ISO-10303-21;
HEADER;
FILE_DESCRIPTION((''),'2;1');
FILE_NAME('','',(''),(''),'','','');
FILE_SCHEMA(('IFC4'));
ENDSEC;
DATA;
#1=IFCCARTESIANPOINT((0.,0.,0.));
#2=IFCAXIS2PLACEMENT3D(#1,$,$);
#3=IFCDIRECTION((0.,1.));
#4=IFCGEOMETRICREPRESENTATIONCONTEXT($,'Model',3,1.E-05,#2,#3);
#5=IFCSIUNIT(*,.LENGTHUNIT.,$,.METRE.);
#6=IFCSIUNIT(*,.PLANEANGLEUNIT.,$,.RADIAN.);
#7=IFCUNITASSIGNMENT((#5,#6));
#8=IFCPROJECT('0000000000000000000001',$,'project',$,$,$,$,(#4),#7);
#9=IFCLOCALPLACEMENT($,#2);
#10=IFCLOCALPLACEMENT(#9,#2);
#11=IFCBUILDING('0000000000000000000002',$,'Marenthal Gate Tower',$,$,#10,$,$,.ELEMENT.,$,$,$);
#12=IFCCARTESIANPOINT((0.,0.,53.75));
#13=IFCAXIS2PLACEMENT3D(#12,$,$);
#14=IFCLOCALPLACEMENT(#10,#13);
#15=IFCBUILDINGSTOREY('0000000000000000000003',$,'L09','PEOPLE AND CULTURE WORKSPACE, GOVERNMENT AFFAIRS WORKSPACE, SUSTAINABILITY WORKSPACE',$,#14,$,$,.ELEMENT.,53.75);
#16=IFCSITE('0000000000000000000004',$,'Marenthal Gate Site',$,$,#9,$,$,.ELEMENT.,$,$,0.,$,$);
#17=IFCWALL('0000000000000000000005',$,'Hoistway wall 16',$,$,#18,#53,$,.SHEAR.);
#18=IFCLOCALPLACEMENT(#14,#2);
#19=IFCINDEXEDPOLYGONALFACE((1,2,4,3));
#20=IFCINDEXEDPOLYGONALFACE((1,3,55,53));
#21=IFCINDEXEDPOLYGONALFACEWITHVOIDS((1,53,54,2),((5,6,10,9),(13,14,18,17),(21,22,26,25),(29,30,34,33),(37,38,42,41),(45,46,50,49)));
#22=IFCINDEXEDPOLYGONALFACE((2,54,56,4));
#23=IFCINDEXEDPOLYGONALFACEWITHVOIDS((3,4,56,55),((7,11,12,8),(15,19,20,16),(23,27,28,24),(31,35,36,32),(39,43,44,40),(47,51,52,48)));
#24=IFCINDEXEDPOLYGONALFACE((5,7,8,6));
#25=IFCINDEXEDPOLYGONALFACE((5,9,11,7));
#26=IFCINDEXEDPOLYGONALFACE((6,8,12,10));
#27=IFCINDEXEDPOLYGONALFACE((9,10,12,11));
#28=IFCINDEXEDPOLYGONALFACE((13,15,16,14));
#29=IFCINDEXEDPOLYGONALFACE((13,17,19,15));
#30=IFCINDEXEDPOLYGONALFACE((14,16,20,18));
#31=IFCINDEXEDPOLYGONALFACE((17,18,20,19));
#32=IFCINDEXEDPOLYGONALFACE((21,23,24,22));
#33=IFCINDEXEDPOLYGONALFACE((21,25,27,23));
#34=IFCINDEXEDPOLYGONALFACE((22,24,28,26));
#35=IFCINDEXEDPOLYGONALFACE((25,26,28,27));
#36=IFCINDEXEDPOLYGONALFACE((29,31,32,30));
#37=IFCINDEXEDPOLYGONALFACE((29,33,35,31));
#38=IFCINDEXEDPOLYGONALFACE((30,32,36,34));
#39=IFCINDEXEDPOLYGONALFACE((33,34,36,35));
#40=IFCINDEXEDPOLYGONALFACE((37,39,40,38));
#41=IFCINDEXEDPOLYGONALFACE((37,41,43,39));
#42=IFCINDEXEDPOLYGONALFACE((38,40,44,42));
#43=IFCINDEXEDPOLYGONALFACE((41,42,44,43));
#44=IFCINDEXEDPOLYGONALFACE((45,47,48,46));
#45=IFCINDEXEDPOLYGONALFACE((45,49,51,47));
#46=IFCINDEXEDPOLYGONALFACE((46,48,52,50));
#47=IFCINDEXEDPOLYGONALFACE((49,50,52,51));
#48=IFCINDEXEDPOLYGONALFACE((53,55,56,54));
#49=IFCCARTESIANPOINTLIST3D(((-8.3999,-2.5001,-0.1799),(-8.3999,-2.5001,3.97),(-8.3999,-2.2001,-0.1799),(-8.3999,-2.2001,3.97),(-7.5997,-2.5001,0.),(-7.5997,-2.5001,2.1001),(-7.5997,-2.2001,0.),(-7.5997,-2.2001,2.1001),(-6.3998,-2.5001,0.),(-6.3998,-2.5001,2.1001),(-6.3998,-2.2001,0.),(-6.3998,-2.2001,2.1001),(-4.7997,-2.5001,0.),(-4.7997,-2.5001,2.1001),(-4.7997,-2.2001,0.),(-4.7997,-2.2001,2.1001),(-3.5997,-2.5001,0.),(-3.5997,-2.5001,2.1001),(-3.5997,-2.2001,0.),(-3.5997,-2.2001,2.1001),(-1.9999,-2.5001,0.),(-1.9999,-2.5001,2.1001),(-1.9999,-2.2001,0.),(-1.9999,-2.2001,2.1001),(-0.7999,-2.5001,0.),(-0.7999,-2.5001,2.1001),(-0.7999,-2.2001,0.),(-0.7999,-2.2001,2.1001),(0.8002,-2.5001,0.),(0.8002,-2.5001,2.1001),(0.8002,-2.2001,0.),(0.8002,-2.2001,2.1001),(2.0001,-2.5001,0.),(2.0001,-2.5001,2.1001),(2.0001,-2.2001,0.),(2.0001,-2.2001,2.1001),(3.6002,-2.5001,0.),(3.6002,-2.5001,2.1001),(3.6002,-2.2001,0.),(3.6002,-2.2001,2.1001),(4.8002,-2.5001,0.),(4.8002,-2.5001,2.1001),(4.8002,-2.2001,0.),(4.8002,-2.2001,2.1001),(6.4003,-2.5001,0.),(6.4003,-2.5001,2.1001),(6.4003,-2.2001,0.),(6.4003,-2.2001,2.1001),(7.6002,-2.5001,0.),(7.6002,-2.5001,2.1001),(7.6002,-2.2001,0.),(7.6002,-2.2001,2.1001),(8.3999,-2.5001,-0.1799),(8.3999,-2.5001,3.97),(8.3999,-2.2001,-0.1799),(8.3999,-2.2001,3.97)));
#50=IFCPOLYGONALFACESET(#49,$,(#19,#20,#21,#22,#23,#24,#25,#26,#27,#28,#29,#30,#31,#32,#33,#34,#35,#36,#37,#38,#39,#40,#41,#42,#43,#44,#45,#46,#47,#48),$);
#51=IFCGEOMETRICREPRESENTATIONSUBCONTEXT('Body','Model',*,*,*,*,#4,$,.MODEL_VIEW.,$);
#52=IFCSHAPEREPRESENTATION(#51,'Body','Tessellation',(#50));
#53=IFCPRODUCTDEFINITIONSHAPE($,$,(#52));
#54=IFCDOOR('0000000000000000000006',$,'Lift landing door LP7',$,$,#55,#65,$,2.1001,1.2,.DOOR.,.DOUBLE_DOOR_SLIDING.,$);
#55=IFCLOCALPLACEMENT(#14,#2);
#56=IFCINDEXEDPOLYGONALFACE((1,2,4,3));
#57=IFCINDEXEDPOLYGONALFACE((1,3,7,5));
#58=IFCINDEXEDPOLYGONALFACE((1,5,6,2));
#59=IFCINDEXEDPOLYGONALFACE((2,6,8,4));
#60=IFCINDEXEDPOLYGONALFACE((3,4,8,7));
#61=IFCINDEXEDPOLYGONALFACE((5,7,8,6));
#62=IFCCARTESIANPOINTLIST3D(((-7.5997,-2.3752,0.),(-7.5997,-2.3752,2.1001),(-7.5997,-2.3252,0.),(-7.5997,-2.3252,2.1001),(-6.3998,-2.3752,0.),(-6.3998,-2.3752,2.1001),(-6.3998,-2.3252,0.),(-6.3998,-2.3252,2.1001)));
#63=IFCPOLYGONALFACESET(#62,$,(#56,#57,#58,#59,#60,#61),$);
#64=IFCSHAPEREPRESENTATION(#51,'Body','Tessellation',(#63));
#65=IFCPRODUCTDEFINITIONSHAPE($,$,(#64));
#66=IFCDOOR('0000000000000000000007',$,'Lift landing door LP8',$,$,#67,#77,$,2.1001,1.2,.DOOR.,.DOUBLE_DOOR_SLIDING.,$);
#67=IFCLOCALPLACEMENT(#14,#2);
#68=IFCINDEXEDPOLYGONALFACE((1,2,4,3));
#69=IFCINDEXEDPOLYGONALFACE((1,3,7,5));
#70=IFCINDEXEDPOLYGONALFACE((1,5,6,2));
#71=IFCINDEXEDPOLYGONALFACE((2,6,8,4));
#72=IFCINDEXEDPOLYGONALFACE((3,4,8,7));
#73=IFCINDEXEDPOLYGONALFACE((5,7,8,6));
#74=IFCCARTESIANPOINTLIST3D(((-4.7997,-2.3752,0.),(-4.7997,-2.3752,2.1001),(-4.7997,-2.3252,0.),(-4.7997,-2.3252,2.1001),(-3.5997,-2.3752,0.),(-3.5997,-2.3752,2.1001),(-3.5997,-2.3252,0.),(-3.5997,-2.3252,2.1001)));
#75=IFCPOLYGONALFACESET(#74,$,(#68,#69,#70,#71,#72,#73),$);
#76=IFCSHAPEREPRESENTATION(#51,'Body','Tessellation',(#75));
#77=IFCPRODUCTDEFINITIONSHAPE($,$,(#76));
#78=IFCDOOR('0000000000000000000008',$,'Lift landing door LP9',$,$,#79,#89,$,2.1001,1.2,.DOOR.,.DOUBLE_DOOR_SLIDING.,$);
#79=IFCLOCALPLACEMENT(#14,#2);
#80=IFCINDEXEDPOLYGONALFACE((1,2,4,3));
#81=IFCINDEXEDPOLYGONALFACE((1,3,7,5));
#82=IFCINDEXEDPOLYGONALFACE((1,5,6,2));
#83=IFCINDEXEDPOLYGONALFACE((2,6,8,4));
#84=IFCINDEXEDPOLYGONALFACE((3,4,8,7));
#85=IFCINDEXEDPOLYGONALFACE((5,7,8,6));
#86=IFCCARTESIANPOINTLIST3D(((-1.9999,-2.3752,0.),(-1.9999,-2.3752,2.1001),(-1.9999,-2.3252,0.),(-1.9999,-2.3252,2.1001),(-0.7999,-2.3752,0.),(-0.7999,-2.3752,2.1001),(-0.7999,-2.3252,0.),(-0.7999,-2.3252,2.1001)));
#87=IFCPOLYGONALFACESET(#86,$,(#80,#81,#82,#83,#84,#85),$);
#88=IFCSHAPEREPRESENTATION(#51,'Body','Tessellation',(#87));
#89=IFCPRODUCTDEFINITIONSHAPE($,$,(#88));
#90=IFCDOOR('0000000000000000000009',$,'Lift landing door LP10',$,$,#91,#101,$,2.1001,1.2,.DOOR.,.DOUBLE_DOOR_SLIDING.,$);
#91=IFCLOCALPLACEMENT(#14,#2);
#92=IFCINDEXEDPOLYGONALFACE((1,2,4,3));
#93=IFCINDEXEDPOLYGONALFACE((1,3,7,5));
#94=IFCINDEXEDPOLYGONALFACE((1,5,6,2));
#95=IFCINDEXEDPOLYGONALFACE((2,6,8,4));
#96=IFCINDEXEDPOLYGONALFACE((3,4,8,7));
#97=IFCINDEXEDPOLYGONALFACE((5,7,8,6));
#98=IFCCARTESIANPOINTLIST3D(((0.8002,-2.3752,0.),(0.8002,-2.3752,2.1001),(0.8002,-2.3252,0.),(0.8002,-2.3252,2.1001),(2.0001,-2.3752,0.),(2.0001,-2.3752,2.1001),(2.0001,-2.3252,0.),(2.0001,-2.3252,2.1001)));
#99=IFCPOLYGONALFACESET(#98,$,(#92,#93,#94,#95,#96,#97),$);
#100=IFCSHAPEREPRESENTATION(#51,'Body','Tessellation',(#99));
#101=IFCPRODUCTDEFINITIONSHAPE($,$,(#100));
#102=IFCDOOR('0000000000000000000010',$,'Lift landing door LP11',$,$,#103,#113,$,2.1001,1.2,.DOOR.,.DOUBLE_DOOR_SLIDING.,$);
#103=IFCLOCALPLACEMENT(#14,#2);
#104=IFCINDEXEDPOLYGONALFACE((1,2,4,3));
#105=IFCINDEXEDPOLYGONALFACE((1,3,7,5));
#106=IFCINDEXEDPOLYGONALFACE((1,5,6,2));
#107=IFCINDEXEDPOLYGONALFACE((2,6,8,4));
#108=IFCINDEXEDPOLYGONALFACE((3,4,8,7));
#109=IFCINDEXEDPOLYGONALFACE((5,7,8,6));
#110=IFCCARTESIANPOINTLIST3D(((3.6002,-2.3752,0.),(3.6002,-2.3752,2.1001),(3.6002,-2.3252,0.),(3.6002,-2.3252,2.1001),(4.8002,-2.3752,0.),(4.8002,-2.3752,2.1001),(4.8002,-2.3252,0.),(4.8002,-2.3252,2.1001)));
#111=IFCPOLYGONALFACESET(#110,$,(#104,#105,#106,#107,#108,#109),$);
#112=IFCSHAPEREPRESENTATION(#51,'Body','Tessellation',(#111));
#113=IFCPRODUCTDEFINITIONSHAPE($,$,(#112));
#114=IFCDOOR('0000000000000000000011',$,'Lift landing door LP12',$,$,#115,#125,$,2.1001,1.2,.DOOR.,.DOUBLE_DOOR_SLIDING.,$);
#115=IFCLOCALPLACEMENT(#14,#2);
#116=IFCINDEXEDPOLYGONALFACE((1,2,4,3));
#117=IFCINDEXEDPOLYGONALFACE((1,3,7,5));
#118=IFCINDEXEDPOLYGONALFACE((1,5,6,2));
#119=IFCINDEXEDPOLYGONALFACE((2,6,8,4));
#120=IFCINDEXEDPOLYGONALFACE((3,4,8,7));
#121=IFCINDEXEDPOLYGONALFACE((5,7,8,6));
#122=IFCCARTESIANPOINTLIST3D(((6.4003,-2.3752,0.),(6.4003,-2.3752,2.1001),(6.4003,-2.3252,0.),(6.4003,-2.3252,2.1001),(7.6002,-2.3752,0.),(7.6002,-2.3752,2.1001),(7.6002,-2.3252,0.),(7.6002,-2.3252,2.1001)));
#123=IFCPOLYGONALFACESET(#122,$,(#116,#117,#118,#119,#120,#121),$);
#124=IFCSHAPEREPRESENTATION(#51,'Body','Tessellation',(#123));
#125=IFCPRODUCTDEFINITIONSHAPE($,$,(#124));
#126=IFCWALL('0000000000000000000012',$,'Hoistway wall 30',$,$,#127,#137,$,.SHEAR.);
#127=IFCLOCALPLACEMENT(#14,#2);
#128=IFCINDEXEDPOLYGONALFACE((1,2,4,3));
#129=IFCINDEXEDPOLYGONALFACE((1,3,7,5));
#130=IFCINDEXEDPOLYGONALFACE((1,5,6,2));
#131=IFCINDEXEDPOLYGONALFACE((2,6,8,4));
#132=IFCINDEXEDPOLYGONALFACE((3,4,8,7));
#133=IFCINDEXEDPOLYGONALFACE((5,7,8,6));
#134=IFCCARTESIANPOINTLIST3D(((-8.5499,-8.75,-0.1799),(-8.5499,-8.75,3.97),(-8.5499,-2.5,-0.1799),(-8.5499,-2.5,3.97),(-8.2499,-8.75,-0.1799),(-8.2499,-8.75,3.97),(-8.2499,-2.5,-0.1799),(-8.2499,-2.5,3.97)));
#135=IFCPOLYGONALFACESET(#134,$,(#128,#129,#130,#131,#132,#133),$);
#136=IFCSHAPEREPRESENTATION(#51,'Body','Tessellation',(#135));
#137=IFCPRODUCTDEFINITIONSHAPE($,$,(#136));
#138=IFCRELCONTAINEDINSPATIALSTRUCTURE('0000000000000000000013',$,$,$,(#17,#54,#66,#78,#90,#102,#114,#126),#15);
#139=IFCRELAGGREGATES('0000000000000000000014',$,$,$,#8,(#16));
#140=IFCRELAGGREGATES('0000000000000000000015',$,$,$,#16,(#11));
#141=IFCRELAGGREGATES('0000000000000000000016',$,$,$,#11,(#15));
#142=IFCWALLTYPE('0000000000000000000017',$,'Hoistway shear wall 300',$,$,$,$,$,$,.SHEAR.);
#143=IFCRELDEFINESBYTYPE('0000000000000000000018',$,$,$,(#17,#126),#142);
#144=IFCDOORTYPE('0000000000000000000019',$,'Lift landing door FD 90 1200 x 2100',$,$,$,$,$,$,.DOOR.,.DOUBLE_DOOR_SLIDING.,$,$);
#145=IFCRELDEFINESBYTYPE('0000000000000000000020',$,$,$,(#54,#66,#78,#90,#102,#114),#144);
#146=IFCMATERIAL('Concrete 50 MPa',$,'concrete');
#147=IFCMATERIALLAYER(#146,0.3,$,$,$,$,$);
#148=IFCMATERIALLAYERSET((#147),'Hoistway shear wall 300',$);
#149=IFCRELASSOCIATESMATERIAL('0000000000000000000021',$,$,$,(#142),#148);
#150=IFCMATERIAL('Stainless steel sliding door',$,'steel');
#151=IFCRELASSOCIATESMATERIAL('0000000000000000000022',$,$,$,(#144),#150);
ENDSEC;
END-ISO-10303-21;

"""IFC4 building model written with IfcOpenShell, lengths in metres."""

from ifc_helpers import new_model, si_unit, direction, frame, frame_2d, origin, place, context, subcontext, project, spatial, rectangle, extrude, material, layer, layer_set, type_object, element, fill, save


model = new_model("IFC4")

# Units and contexts
model_context = context("Model", 3, precision=1e-05, world=origin(), true_north=direction((0.0, 1.0)))
body_context = subcontext(model_context, "Body", "Model", "MODEL_VIEW")
ifc_project = project(units=[si_unit("LENGTHUNIT", "METRE"), si_unit("PLANEANGLEUNIT", "RADIAN")], contexts=[model_context])

# Site, building, storey
site_placement = place(None, origin())
site = spatial("IfcSite", under=ifc_project, at=site_placement, Name="Marenthal Gate Site", CompositionType="ELEMENT", RefElevation=0.0)
building_placement = place(site_placement, origin())
building = spatial("IfcBuilding", under=site, at=building_placement, Name="Marenthal Gate Tower", CompositionType="ELEMENT")
storey_placement = place(building_placement, frame((0.0, 0.0, 53.75)))
storey = spatial("IfcBuildingStorey", under=building, at=storey_placement, Name="L09", Description="PEOPLE AND CULTURE WORKSPACE, GOVERNMENT AFFAIRS WORKSPACE, SUSTAINABILITY WORKSPACE", CompositionType="ELEMENT", Elevation=53.75)

# Wall, openings, doors
ifc_material_1 = material(Name="Concrete 50 MPa", Category="concrete")
ifc_layer_1 = layer(ifc_material_1, 0.3)
ifc_layer_set_1 = layer_set([ifc_layer_1], Name="Hoistway shear wall 300")
wall_type_1 = type_object("IfcWallType", Name="Hoistway shear wall 300", PredefinedType="SHEAR", material=ifc_layer_set_1)
wall_1_placement = place(storey_placement, frame((-8.3999, -2.3501, -0.1799), z_axis=(0.0, 0.0, 1.0), x_axis=(1.0, 0.0, 0.0)))
wall_1 = element("IfcWall", 1, at=wall_1_placement, inside=storey, type_object=wall_type_1, Name="Hoistway wall 16", PredefinedType="SHEAR", context=body_context, shape_type="SweptSolid", body=[
    extrude(rectangle(XDim=16.7998, YDim=0.3, at=frame_2d((8.3999, 0.0))), origin(), (0.0, 0.0, 1.0), 4.1499),
])
opening_1_placement = place(wall_1_placement, frame((0.8, 0.0, 0.1799)))
opening_1 = element("IfcOpeningElement", 2, at=opening_1_placement, cuts=wall_1, PredefinedType="OPENING", context=body_context, shape_type="SweptSolid", body=[
    extrude(rectangle(XDim=1.2, YDim=2.1001, at=frame_2d((0.6001, 1.05))), frame((0.0, 0.1602, 0.0), z_axis=(0.0, -1.0, 0.0), x_axis=(1.0, 0.0, 0.0)), (0.0, 0.0, 1.0), 0.3201),
])
opening_2_placement = place(wall_1_placement, frame((3.6001, 0.0, 0.1799)))
opening_2 = element("IfcOpeningElement", 3, at=opening_2_placement, cuts=wall_1, PredefinedType="OPENING", context=body_context, shape_type="SweptSolid", body=[
    extrude(rectangle(XDim=1.2, YDim=2.1001, at=frame_2d((0.6001, 1.05))), frame((0.0, 0.1602, 0.0), z_axis=(0.0, -1.0, 0.0), x_axis=(1.0, 0.0, 0.0)), (0.0, 0.0, 1.0), 0.3201),
])
opening_3_placement = place(wall_1_placement, frame((6.3999, 0.0, 0.1799)))
opening_3 = element("IfcOpeningElement", 4, at=opening_3_placement, cuts=wall_1, PredefinedType="OPENING", context=body_context, shape_type="SweptSolid", body=[
    extrude(rectangle(XDim=1.2, YDim=2.1001, at=frame_2d((0.6001, 1.05))), frame((0.0, 0.1602, 0.0), z_axis=(0.0, -1.0, 0.0), x_axis=(1.0, 0.0, 0.0)), (0.0, 0.0, 1.0), 0.3201),
])
opening_4_placement = place(wall_1_placement, frame((9.2, 0.0, 0.1799)))
opening_4 = element("IfcOpeningElement", 5, at=opening_4_placement, cuts=wall_1, PredefinedType="OPENING", context=body_context, shape_type="SweptSolid", body=[
    extrude(rectangle(XDim=1.2, YDim=2.1001, at=frame_2d((0.6001, 1.05))), frame((0.0, 0.1602, 0.0), z_axis=(0.0, -1.0, 0.0), x_axis=(1.0, 0.0, 0.0)), (0.0, 0.0, 1.0), 0.3201),
])
opening_5_placement = place(wall_1_placement, frame((12.0, 0.0, 0.1799)))
opening_5 = element("IfcOpeningElement", 6, at=opening_5_placement, cuts=wall_1, PredefinedType="OPENING", context=body_context, shape_type="SweptSolid", body=[
    extrude(rectangle(XDim=1.2, YDim=2.1001, at=frame_2d((0.6001, 1.05))), frame((0.0, 0.1602, 0.0), z_axis=(0.0, -1.0, 0.0), x_axis=(1.0, 0.0, 0.0)), (0.0, 0.0, 1.0), 0.3201),
])
opening_6_placement = place(wall_1_placement, frame((14.8, 0.0, 0.1799)))
opening_6 = element("IfcOpeningElement", 7, at=opening_6_placement, cuts=wall_1, PredefinedType="OPENING", context=body_context, shape_type="SweptSolid", body=[
    extrude(rectangle(XDim=1.2, YDim=2.1001, at=frame_2d((0.6001, 1.05))), frame((0.0, 0.1602, 0.0), z_axis=(0.0, -1.0, 0.0), x_axis=(1.0, 0.0, 0.0)), (0.0, 0.0, 1.0), 0.3201),
])
ifc_material_2 = material(Name="Stainless steel sliding door", Category="steel")
door_type_1 = type_object("IfcDoorType", Name="Lift landing door FD 90 1200 x 2100", OperationType="DOUBLE_DOOR_SLIDING", PredefinedType="DOOR", material=ifc_material_2)
door_1_placement = place(opening_1_placement, origin())
door_1 = element("IfcDoor", 8, at=door_1_placement, inside=storey, type_object=door_type_1, Name="Lift landing door LP7", OperationType="DOUBLE_DOOR_SLIDING", OverallHeight=2.1001, OverallWidth=1.2, PredefinedType="DOOR", context=body_context, shape_type="SweptSolid", body=[
    extrude(rectangle(XDim=1.2, YDim=2.1001, at=frame_2d((0.6001, 1.05))), frame((0.0, 0.0249, 0.0), z_axis=(0.0, -1.0, 0.0), x_axis=(1.0, 0.0, 0.0)), (0.0, 0.0, 1.0), 0.05),
])
fill(opening_1, door_1)
door_2_placement = place(opening_2_placement, origin())
door_2 = element("IfcDoor", 9, at=door_2_placement, inside=storey, type_object=door_type_1, Name="Lift landing door LP8", OperationType="DOUBLE_DOOR_SLIDING", OverallHeight=2.1001, OverallWidth=1.2, PredefinedType="DOOR", context=body_context, shape_type="SweptSolid", body=[
    extrude(rectangle(XDim=1.2, YDim=2.1001, at=frame_2d((0.6001, 1.05))), frame((0.0, 0.0249, 0.0), z_axis=(0.0, -1.0, 0.0), x_axis=(1.0, 0.0, 0.0)), (0.0, 0.0, 1.0), 0.05),
])
fill(opening_2, door_2)
door_3_placement = place(opening_3_placement, origin())
door_3 = element("IfcDoor", 10, at=door_3_placement, inside=storey, type_object=door_type_1, Name="Lift landing door LP9", OperationType="DOUBLE_DOOR_SLIDING", OverallHeight=2.1001, OverallWidth=1.2, PredefinedType="DOOR", context=body_context, shape_type="SweptSolid", body=[
    extrude(rectangle(XDim=1.2, YDim=2.1001, at=frame_2d((0.6001, 1.05))), frame((0.0, 0.0249, 0.0), z_axis=(0.0, -1.0, 0.0), x_axis=(1.0, 0.0, 0.0)), (0.0, 0.0, 1.0), 0.05),
])
fill(opening_3, door_3)
door_4_placement = place(opening_4_placement, origin())
door_4 = element("IfcDoor", 11, at=door_4_placement, inside=storey, type_object=door_type_1, Name="Lift landing door LP10", OperationType="DOUBLE_DOOR_SLIDING", OverallHeight=2.1001, OverallWidth=1.2, PredefinedType="DOOR", context=body_context, shape_type="SweptSolid", body=[
    extrude(rectangle(XDim=1.2, YDim=2.1001, at=frame_2d((0.6001, 1.05))), frame((0.0, 0.0249, 0.0), z_axis=(0.0, -1.0, 0.0), x_axis=(1.0, 0.0, 0.0)), (0.0, 0.0, 1.0), 0.05),
])
fill(opening_4, door_4)
door_5_placement = place(opening_5_placement, origin())
door_5 = element("IfcDoor", 12, at=door_5_placement, inside=storey, type_object=door_type_1, Name="Lift landing door LP11", OperationType="DOUBLE_DOOR_SLIDING", OverallHeight=2.1001, OverallWidth=1.2, PredefinedType="DOOR", context=body_context, shape_type="SweptSolid", body=[
    extrude(rectangle(XDim=1.2, YDim=2.1001, at=frame_2d((0.6001, 1.05))), frame((0.0, 0.0249, 0.0), z_axis=(0.0, -1.0, 0.0), x_axis=(1.0, 0.0, 0.0)), (0.0, 0.0, 1.0), 0.05),
])
fill(opening_5, door_5)
door_6_placement = place(opening_6_placement, origin())
door_6 = element("IfcDoor", 13, at=door_6_placement, inside=storey, type_object=door_type_1, Name="Lift landing door LP12", OperationType="DOUBLE_DOOR_SLIDING", OverallHeight=2.1001, OverallWidth=1.2, PredefinedType="DOOR", context=body_context, shape_type="SweptSolid", body=[
    extrude(rectangle(XDim=1.2, YDim=2.1001, at=frame_2d((0.6001, 1.05))), frame((0.0, 0.0249, 0.0), z_axis=(0.0, -1.0, 0.0), x_axis=(1.0, 0.0, 0.0)), (0.0, 0.0, 1.0), 0.05),
])
fill(opening_6, door_6)

# Wall
wall_2_placement = place(storey_placement, frame((-8.3999, -8.75, -0.1799), z_axis=(0.0, 0.0, 1.0), x_axis=(0.0, 1.0, 0.0)))
element("IfcWall", 14, at=wall_2_placement, inside=storey, type_object=wall_type_1, Name="Hoistway wall 30", PredefinedType="SHEAR", context=body_context, shape_type="SweptSolid", body=[
    extrude(rectangle(XDim=6.25, YDim=0.3, at=frame_2d((3.125, 0.0))), origin(), (0.0, 0.0, 1.0), 4.1499),
])

save(model, "model.ifc")
